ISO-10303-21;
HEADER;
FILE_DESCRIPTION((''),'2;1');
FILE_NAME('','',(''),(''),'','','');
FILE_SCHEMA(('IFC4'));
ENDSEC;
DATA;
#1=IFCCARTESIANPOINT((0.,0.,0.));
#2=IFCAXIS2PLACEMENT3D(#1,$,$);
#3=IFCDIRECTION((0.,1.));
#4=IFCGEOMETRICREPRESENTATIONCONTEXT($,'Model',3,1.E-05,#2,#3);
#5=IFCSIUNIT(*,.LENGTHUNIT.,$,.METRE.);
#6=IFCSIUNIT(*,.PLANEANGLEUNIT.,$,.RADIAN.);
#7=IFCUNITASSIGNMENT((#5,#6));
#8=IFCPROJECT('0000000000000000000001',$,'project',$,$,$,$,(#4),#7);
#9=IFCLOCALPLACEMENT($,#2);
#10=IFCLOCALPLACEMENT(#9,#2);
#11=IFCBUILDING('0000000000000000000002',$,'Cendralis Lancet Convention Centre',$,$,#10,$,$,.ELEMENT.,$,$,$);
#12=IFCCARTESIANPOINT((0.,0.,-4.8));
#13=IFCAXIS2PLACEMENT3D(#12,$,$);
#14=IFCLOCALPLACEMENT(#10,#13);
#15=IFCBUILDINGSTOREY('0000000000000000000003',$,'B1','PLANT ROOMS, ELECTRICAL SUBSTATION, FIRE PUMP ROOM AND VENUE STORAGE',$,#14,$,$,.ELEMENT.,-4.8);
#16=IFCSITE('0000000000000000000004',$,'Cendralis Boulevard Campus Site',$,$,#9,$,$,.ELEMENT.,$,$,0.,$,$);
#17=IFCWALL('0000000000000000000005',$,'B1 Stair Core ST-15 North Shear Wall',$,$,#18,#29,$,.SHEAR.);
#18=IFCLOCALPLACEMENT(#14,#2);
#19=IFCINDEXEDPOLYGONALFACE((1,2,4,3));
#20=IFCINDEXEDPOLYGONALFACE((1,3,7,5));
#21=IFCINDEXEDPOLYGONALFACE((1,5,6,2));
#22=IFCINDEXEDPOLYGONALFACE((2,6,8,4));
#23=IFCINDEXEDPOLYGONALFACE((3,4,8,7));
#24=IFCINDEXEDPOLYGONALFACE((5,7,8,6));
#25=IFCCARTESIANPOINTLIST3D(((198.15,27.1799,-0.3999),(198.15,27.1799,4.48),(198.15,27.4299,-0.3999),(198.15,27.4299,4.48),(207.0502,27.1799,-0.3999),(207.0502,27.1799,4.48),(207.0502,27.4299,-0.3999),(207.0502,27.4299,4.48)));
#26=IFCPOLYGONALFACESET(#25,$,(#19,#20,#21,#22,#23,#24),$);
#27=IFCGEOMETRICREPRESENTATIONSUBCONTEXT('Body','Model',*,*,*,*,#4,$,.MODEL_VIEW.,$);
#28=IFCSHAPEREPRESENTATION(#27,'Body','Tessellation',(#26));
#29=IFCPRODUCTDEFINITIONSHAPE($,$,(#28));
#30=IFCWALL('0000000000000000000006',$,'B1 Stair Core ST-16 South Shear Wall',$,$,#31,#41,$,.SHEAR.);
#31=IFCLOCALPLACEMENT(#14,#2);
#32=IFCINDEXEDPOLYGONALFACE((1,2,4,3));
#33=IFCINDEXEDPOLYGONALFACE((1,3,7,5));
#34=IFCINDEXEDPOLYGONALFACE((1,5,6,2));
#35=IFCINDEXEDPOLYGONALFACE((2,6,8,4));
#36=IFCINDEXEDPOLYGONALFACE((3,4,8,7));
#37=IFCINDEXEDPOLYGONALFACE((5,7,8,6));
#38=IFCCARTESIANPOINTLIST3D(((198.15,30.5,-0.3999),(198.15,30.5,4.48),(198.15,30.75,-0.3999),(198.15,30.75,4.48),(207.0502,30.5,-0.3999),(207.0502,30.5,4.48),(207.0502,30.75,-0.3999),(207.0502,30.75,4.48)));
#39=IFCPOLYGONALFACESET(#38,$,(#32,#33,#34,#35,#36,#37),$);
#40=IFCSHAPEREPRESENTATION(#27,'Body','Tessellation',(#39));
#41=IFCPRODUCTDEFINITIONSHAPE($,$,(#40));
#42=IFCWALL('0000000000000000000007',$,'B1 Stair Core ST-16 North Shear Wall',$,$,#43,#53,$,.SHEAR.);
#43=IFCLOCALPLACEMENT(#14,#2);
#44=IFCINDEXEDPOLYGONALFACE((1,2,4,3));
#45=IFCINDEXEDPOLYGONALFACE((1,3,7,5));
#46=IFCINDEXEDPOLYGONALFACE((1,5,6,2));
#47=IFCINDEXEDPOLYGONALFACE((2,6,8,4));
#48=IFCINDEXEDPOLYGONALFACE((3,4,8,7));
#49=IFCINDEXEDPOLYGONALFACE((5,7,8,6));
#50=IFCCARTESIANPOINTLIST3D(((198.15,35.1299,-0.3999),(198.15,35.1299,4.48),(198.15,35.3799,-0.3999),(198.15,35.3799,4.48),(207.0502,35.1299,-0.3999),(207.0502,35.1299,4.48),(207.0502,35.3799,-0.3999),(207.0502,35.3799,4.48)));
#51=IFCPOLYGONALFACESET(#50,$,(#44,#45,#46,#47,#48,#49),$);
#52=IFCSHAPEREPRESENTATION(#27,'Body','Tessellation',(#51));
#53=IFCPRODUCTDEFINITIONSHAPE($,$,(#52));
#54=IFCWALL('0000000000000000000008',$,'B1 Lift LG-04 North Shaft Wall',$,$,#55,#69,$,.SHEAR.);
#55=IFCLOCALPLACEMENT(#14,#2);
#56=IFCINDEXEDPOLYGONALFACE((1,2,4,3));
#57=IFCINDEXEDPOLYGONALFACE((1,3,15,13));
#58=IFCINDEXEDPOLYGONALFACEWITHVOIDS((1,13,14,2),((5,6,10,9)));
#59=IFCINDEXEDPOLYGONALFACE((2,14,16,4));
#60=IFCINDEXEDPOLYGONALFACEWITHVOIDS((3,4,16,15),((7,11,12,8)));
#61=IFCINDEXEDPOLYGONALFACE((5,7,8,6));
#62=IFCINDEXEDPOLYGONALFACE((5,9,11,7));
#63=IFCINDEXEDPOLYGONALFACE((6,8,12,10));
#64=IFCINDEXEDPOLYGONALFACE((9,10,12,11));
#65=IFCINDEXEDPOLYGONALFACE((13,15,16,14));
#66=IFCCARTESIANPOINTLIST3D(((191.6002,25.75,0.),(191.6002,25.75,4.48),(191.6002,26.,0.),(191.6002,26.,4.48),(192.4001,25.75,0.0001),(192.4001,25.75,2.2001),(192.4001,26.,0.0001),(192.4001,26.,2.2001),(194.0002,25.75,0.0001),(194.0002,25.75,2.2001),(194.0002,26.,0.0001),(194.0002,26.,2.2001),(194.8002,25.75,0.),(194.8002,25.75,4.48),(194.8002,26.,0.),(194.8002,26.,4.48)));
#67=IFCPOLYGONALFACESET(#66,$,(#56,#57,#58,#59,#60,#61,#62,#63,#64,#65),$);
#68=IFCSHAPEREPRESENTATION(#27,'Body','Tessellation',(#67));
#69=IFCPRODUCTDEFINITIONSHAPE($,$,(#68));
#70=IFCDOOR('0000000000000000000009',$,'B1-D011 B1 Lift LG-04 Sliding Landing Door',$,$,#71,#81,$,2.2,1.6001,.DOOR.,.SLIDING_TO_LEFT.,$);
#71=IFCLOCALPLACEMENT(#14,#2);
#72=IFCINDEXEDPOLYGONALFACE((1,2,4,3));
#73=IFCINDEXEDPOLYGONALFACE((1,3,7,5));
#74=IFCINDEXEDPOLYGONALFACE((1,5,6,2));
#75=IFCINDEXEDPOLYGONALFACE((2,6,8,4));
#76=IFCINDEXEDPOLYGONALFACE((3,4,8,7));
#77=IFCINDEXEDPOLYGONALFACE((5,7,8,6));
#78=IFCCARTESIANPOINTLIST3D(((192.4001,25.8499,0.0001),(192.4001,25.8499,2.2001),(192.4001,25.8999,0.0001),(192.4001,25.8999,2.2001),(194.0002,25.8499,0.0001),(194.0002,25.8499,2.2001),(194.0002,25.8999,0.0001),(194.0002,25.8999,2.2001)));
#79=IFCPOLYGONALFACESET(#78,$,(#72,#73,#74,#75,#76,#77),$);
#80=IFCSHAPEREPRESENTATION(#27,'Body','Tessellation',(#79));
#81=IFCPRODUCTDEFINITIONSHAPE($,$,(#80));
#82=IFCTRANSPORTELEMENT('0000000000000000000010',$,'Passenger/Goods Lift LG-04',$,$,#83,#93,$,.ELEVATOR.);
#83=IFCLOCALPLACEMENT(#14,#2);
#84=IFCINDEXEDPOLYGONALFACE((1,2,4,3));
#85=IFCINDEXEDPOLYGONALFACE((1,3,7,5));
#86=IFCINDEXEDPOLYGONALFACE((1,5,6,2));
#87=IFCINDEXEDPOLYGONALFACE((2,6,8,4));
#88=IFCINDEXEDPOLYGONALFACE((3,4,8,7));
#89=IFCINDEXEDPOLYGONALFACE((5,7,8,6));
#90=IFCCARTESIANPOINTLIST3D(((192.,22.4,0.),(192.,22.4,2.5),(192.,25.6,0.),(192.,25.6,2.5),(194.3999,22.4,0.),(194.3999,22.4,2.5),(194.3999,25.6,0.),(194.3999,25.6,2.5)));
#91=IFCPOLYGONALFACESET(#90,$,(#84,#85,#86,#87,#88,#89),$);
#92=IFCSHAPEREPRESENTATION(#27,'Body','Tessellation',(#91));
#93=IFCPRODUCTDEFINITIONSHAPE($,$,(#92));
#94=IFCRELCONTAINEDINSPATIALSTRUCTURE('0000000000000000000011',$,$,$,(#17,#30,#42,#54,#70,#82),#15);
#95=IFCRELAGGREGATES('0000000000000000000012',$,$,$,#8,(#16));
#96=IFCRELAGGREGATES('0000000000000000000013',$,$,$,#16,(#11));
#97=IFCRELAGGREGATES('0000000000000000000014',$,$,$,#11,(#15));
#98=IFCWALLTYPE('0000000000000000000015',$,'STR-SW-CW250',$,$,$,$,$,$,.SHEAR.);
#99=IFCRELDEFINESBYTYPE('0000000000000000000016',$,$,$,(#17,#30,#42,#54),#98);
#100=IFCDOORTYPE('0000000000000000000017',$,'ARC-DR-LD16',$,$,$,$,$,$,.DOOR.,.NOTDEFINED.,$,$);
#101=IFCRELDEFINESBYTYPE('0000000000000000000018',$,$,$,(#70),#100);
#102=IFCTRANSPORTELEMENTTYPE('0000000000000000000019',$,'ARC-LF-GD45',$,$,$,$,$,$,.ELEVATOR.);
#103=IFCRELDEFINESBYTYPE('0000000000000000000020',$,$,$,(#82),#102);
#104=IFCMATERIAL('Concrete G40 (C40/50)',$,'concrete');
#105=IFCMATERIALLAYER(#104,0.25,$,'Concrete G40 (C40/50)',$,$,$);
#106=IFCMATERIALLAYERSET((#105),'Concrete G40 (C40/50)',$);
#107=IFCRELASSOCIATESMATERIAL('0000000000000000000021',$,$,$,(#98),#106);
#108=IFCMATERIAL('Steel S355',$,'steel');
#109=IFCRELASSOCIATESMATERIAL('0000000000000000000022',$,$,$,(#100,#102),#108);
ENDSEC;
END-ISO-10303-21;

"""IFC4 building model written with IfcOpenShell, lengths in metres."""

from ifc_helpers import new_model, si_unit, direction, frame, frame_2d, origin, origin_2d, place, context, subcontext, project, spatial, rectangle, extrude, material, layer, layer_set, type_object, element, fill, save


model = new_model("IFC4")

# Units and contexts
model_context = context("Model", 3, precision=1e-05, world=origin(), true_north=direction((0.0, 1.0)))
body_context = subcontext(model_context, "Body", "Model", "MODEL_VIEW")
ifc_project = project(units=[si_unit("LENGTHUNIT", "METRE"), si_unit("PLANEANGLEUNIT", "RADIAN")], contexts=[model_context])

# Site, building, storey
site_placement = place(None, origin())
site = spatial("IfcSite", under=ifc_project, at=site_placement, Name="Cendralis Boulevard Campus Site", CompositionType="ELEMENT", RefElevation=0.0)
building_placement = place(site_placement, origin())
building = spatial("IfcBuilding", under=site, at=building_placement, Name="Cendralis Lancet Convention Centre", CompositionType="ELEMENT")
storey_placement = place(building_placement, frame((0.0, 0.0, -4.8)))
storey = spatial("IfcBuildingStorey", under=building, at=storey_placement, Name="B1", Description="PLANT ROOMS, ELECTRICAL SUBSTATION, FIRE PUMP ROOM AND VENUE STORAGE", CompositionType="ELEMENT", Elevation=-4.8)

# Shared definitions
ifc_material_1 = material(Name="Concrete G40 (C40/50)", Category="concrete")

# Shared definitions
ifc_material_2 = material(Name="Steel S355", Category="steel")

# Wall
ifc_layer_1 = layer(ifc_material_1, 0.25, Name="Concrete G40 (C40/50)")
ifc_layer_set_1 = layer_set([ifc_layer_1], Name="Concrete G40 (C40/50)")
wall_type_1 = type_object("IfcWallType", Name="STR-SW-CW250", PredefinedType="SHEAR", material=ifc_layer_set_1)
wall_1_placement = place(storey_placement, frame((198.1499, 27.3049, -0.3999), z_axis=(0.0, 0.0, 1.0), x_axis=(1.0, 0.0, 0.0)))
element("IfcWall", 1, at=wall_1_placement, inside=storey, type_object=wall_type_1, Name="B1 Stair Core ST-15 North Shear Wall", PredefinedType="SHEAR", context=body_context, shape_type="SweptSolid", body=[
    extrude(rectangle(XDim=8.9001, YDim=0.25, at=frame_2d((4.4502, 0.0))), origin(), (0.0, 0.0, 1.0), 4.8799),
])

# Walls
for number, where, z_axis, x_axis, name in (
    (2, (198.1499, 30.625, -0.3999), (0.0, 0.0, 1.0), (1.0, 0.0, 0.0), "B1 Stair Core ST-16 South Shear Wall"),
    (3, (198.1499, 35.2549, -0.3999), (0.0, 0.0, 1.0), (1.0, 0.0, 0.0), "B1 Stair Core ST-16 North Shear Wall"),
):
    element("IfcWall", number, at=place(storey_placement, frame(where, z_axis=z_axis, x_axis=x_axis)), inside=storey, type_object=wall_type_1, Name=name, PredefinedType="SHEAR", context=body_context, shape_type="SweptSolid", body=[
        extrude(rectangle(XDim=8.9001, YDim=0.25, at=frame_2d((4.4502, 0.0))), origin(), (0.0, 0.0, 1.0), 4.8799),
    ])

# Wall, opening, door
wall_2_placement = place(storey_placement, frame((191.6001, 25.875, 0.0), z_axis=(0.0, 0.0, 1.0), x_axis=(1.0, 0.0, 0.0)))
wall_2 = element("IfcWall", 4, at=wall_2_placement, inside=storey, type_object=wall_type_1, Name="B1 Lift LG-04 North Shaft Wall", PredefinedType="SHEAR", context=body_context, shape_type="SweptSolid", body=[
    extrude(rectangle(XDim=3.2, YDim=0.25, at=frame_2d((1.6001, 0.0))), origin(), (0.0, 0.0, 1.0), 4.48),
])
opening_1_placement = place(wall_2_placement, frame((0.8, 0.0, 0.0)))
opening_1 = element("IfcOpeningElement", 5, at=opening_1_placement, cuts=wall_2, PredefinedType="OPENING", context=body_context, shape_type="SweptSolid", body=[
    extrude(rectangle(XDim=1.6001, YDim=2.2, at=frame_2d((0.8, 1.1001))), frame((0.0, 0.135, 0.0), z_axis=(0.0, -1.0, 0.0), x_axis=(1.0, 0.0, 0.0)), (0.0, 0.0, 1.0), 0.27),
])
door_type_1 = type_object("IfcDoorType", Name="ARC-DR-LD16", OperationType="NOTDEFINED", PredefinedType="DOOR", material=ifc_material_2)
door_1_placement = place(opening_1_placement, origin())
door_1 = element("IfcDoor", 6, at=door_1_placement, inside=storey, type_object=door_type_1, Name="B1-D011 B1 Lift LG-04 Sliding Landing Door", OperationType="SLIDING_TO_LEFT", OverallHeight=2.2, OverallWidth=1.6001, PredefinedType="DOOR", context=body_context, shape_type="SweptSolid", body=[
    extrude(rectangle(XDim=1.6001, YDim=2.2, at=frame_2d((0.8, 1.1001))), frame((0.0, 0.0249, 0.0), z_axis=(0.0, -1.0, 0.0), x_axis=(1.0, 0.0, 0.0)), (0.0, 0.0, 1.0), 0.05),
])
fill(opening_1, door_1)

# Transport element
transport_element_type = type_object("IfcTransportElementType", Name="ARC-LF-GD45", PredefinedType="ELEVATOR", material=ifc_material_2)
transport_element_placement = place(storey_placement, frame((193.2, 24.0, 0.0), z_axis=(0.0, 0.0, 1.0), x_axis=(1.0, 0.0, 0.0)))
element("IfcTransportElement", 7, at=transport_element_placement, inside=storey, type_object=transport_element_type, Name="Passenger/Goods Lift LG-04", PredefinedType="ELEVATOR", context=body_context, shape_type="SweptSolid", body=[
    extrude(rectangle(XDim=2.3999, YDim=3.2, at=origin_2d()), origin(), (0.0, 0.0, 1.0), 2.5),
])

save(model, "model.ifc")
